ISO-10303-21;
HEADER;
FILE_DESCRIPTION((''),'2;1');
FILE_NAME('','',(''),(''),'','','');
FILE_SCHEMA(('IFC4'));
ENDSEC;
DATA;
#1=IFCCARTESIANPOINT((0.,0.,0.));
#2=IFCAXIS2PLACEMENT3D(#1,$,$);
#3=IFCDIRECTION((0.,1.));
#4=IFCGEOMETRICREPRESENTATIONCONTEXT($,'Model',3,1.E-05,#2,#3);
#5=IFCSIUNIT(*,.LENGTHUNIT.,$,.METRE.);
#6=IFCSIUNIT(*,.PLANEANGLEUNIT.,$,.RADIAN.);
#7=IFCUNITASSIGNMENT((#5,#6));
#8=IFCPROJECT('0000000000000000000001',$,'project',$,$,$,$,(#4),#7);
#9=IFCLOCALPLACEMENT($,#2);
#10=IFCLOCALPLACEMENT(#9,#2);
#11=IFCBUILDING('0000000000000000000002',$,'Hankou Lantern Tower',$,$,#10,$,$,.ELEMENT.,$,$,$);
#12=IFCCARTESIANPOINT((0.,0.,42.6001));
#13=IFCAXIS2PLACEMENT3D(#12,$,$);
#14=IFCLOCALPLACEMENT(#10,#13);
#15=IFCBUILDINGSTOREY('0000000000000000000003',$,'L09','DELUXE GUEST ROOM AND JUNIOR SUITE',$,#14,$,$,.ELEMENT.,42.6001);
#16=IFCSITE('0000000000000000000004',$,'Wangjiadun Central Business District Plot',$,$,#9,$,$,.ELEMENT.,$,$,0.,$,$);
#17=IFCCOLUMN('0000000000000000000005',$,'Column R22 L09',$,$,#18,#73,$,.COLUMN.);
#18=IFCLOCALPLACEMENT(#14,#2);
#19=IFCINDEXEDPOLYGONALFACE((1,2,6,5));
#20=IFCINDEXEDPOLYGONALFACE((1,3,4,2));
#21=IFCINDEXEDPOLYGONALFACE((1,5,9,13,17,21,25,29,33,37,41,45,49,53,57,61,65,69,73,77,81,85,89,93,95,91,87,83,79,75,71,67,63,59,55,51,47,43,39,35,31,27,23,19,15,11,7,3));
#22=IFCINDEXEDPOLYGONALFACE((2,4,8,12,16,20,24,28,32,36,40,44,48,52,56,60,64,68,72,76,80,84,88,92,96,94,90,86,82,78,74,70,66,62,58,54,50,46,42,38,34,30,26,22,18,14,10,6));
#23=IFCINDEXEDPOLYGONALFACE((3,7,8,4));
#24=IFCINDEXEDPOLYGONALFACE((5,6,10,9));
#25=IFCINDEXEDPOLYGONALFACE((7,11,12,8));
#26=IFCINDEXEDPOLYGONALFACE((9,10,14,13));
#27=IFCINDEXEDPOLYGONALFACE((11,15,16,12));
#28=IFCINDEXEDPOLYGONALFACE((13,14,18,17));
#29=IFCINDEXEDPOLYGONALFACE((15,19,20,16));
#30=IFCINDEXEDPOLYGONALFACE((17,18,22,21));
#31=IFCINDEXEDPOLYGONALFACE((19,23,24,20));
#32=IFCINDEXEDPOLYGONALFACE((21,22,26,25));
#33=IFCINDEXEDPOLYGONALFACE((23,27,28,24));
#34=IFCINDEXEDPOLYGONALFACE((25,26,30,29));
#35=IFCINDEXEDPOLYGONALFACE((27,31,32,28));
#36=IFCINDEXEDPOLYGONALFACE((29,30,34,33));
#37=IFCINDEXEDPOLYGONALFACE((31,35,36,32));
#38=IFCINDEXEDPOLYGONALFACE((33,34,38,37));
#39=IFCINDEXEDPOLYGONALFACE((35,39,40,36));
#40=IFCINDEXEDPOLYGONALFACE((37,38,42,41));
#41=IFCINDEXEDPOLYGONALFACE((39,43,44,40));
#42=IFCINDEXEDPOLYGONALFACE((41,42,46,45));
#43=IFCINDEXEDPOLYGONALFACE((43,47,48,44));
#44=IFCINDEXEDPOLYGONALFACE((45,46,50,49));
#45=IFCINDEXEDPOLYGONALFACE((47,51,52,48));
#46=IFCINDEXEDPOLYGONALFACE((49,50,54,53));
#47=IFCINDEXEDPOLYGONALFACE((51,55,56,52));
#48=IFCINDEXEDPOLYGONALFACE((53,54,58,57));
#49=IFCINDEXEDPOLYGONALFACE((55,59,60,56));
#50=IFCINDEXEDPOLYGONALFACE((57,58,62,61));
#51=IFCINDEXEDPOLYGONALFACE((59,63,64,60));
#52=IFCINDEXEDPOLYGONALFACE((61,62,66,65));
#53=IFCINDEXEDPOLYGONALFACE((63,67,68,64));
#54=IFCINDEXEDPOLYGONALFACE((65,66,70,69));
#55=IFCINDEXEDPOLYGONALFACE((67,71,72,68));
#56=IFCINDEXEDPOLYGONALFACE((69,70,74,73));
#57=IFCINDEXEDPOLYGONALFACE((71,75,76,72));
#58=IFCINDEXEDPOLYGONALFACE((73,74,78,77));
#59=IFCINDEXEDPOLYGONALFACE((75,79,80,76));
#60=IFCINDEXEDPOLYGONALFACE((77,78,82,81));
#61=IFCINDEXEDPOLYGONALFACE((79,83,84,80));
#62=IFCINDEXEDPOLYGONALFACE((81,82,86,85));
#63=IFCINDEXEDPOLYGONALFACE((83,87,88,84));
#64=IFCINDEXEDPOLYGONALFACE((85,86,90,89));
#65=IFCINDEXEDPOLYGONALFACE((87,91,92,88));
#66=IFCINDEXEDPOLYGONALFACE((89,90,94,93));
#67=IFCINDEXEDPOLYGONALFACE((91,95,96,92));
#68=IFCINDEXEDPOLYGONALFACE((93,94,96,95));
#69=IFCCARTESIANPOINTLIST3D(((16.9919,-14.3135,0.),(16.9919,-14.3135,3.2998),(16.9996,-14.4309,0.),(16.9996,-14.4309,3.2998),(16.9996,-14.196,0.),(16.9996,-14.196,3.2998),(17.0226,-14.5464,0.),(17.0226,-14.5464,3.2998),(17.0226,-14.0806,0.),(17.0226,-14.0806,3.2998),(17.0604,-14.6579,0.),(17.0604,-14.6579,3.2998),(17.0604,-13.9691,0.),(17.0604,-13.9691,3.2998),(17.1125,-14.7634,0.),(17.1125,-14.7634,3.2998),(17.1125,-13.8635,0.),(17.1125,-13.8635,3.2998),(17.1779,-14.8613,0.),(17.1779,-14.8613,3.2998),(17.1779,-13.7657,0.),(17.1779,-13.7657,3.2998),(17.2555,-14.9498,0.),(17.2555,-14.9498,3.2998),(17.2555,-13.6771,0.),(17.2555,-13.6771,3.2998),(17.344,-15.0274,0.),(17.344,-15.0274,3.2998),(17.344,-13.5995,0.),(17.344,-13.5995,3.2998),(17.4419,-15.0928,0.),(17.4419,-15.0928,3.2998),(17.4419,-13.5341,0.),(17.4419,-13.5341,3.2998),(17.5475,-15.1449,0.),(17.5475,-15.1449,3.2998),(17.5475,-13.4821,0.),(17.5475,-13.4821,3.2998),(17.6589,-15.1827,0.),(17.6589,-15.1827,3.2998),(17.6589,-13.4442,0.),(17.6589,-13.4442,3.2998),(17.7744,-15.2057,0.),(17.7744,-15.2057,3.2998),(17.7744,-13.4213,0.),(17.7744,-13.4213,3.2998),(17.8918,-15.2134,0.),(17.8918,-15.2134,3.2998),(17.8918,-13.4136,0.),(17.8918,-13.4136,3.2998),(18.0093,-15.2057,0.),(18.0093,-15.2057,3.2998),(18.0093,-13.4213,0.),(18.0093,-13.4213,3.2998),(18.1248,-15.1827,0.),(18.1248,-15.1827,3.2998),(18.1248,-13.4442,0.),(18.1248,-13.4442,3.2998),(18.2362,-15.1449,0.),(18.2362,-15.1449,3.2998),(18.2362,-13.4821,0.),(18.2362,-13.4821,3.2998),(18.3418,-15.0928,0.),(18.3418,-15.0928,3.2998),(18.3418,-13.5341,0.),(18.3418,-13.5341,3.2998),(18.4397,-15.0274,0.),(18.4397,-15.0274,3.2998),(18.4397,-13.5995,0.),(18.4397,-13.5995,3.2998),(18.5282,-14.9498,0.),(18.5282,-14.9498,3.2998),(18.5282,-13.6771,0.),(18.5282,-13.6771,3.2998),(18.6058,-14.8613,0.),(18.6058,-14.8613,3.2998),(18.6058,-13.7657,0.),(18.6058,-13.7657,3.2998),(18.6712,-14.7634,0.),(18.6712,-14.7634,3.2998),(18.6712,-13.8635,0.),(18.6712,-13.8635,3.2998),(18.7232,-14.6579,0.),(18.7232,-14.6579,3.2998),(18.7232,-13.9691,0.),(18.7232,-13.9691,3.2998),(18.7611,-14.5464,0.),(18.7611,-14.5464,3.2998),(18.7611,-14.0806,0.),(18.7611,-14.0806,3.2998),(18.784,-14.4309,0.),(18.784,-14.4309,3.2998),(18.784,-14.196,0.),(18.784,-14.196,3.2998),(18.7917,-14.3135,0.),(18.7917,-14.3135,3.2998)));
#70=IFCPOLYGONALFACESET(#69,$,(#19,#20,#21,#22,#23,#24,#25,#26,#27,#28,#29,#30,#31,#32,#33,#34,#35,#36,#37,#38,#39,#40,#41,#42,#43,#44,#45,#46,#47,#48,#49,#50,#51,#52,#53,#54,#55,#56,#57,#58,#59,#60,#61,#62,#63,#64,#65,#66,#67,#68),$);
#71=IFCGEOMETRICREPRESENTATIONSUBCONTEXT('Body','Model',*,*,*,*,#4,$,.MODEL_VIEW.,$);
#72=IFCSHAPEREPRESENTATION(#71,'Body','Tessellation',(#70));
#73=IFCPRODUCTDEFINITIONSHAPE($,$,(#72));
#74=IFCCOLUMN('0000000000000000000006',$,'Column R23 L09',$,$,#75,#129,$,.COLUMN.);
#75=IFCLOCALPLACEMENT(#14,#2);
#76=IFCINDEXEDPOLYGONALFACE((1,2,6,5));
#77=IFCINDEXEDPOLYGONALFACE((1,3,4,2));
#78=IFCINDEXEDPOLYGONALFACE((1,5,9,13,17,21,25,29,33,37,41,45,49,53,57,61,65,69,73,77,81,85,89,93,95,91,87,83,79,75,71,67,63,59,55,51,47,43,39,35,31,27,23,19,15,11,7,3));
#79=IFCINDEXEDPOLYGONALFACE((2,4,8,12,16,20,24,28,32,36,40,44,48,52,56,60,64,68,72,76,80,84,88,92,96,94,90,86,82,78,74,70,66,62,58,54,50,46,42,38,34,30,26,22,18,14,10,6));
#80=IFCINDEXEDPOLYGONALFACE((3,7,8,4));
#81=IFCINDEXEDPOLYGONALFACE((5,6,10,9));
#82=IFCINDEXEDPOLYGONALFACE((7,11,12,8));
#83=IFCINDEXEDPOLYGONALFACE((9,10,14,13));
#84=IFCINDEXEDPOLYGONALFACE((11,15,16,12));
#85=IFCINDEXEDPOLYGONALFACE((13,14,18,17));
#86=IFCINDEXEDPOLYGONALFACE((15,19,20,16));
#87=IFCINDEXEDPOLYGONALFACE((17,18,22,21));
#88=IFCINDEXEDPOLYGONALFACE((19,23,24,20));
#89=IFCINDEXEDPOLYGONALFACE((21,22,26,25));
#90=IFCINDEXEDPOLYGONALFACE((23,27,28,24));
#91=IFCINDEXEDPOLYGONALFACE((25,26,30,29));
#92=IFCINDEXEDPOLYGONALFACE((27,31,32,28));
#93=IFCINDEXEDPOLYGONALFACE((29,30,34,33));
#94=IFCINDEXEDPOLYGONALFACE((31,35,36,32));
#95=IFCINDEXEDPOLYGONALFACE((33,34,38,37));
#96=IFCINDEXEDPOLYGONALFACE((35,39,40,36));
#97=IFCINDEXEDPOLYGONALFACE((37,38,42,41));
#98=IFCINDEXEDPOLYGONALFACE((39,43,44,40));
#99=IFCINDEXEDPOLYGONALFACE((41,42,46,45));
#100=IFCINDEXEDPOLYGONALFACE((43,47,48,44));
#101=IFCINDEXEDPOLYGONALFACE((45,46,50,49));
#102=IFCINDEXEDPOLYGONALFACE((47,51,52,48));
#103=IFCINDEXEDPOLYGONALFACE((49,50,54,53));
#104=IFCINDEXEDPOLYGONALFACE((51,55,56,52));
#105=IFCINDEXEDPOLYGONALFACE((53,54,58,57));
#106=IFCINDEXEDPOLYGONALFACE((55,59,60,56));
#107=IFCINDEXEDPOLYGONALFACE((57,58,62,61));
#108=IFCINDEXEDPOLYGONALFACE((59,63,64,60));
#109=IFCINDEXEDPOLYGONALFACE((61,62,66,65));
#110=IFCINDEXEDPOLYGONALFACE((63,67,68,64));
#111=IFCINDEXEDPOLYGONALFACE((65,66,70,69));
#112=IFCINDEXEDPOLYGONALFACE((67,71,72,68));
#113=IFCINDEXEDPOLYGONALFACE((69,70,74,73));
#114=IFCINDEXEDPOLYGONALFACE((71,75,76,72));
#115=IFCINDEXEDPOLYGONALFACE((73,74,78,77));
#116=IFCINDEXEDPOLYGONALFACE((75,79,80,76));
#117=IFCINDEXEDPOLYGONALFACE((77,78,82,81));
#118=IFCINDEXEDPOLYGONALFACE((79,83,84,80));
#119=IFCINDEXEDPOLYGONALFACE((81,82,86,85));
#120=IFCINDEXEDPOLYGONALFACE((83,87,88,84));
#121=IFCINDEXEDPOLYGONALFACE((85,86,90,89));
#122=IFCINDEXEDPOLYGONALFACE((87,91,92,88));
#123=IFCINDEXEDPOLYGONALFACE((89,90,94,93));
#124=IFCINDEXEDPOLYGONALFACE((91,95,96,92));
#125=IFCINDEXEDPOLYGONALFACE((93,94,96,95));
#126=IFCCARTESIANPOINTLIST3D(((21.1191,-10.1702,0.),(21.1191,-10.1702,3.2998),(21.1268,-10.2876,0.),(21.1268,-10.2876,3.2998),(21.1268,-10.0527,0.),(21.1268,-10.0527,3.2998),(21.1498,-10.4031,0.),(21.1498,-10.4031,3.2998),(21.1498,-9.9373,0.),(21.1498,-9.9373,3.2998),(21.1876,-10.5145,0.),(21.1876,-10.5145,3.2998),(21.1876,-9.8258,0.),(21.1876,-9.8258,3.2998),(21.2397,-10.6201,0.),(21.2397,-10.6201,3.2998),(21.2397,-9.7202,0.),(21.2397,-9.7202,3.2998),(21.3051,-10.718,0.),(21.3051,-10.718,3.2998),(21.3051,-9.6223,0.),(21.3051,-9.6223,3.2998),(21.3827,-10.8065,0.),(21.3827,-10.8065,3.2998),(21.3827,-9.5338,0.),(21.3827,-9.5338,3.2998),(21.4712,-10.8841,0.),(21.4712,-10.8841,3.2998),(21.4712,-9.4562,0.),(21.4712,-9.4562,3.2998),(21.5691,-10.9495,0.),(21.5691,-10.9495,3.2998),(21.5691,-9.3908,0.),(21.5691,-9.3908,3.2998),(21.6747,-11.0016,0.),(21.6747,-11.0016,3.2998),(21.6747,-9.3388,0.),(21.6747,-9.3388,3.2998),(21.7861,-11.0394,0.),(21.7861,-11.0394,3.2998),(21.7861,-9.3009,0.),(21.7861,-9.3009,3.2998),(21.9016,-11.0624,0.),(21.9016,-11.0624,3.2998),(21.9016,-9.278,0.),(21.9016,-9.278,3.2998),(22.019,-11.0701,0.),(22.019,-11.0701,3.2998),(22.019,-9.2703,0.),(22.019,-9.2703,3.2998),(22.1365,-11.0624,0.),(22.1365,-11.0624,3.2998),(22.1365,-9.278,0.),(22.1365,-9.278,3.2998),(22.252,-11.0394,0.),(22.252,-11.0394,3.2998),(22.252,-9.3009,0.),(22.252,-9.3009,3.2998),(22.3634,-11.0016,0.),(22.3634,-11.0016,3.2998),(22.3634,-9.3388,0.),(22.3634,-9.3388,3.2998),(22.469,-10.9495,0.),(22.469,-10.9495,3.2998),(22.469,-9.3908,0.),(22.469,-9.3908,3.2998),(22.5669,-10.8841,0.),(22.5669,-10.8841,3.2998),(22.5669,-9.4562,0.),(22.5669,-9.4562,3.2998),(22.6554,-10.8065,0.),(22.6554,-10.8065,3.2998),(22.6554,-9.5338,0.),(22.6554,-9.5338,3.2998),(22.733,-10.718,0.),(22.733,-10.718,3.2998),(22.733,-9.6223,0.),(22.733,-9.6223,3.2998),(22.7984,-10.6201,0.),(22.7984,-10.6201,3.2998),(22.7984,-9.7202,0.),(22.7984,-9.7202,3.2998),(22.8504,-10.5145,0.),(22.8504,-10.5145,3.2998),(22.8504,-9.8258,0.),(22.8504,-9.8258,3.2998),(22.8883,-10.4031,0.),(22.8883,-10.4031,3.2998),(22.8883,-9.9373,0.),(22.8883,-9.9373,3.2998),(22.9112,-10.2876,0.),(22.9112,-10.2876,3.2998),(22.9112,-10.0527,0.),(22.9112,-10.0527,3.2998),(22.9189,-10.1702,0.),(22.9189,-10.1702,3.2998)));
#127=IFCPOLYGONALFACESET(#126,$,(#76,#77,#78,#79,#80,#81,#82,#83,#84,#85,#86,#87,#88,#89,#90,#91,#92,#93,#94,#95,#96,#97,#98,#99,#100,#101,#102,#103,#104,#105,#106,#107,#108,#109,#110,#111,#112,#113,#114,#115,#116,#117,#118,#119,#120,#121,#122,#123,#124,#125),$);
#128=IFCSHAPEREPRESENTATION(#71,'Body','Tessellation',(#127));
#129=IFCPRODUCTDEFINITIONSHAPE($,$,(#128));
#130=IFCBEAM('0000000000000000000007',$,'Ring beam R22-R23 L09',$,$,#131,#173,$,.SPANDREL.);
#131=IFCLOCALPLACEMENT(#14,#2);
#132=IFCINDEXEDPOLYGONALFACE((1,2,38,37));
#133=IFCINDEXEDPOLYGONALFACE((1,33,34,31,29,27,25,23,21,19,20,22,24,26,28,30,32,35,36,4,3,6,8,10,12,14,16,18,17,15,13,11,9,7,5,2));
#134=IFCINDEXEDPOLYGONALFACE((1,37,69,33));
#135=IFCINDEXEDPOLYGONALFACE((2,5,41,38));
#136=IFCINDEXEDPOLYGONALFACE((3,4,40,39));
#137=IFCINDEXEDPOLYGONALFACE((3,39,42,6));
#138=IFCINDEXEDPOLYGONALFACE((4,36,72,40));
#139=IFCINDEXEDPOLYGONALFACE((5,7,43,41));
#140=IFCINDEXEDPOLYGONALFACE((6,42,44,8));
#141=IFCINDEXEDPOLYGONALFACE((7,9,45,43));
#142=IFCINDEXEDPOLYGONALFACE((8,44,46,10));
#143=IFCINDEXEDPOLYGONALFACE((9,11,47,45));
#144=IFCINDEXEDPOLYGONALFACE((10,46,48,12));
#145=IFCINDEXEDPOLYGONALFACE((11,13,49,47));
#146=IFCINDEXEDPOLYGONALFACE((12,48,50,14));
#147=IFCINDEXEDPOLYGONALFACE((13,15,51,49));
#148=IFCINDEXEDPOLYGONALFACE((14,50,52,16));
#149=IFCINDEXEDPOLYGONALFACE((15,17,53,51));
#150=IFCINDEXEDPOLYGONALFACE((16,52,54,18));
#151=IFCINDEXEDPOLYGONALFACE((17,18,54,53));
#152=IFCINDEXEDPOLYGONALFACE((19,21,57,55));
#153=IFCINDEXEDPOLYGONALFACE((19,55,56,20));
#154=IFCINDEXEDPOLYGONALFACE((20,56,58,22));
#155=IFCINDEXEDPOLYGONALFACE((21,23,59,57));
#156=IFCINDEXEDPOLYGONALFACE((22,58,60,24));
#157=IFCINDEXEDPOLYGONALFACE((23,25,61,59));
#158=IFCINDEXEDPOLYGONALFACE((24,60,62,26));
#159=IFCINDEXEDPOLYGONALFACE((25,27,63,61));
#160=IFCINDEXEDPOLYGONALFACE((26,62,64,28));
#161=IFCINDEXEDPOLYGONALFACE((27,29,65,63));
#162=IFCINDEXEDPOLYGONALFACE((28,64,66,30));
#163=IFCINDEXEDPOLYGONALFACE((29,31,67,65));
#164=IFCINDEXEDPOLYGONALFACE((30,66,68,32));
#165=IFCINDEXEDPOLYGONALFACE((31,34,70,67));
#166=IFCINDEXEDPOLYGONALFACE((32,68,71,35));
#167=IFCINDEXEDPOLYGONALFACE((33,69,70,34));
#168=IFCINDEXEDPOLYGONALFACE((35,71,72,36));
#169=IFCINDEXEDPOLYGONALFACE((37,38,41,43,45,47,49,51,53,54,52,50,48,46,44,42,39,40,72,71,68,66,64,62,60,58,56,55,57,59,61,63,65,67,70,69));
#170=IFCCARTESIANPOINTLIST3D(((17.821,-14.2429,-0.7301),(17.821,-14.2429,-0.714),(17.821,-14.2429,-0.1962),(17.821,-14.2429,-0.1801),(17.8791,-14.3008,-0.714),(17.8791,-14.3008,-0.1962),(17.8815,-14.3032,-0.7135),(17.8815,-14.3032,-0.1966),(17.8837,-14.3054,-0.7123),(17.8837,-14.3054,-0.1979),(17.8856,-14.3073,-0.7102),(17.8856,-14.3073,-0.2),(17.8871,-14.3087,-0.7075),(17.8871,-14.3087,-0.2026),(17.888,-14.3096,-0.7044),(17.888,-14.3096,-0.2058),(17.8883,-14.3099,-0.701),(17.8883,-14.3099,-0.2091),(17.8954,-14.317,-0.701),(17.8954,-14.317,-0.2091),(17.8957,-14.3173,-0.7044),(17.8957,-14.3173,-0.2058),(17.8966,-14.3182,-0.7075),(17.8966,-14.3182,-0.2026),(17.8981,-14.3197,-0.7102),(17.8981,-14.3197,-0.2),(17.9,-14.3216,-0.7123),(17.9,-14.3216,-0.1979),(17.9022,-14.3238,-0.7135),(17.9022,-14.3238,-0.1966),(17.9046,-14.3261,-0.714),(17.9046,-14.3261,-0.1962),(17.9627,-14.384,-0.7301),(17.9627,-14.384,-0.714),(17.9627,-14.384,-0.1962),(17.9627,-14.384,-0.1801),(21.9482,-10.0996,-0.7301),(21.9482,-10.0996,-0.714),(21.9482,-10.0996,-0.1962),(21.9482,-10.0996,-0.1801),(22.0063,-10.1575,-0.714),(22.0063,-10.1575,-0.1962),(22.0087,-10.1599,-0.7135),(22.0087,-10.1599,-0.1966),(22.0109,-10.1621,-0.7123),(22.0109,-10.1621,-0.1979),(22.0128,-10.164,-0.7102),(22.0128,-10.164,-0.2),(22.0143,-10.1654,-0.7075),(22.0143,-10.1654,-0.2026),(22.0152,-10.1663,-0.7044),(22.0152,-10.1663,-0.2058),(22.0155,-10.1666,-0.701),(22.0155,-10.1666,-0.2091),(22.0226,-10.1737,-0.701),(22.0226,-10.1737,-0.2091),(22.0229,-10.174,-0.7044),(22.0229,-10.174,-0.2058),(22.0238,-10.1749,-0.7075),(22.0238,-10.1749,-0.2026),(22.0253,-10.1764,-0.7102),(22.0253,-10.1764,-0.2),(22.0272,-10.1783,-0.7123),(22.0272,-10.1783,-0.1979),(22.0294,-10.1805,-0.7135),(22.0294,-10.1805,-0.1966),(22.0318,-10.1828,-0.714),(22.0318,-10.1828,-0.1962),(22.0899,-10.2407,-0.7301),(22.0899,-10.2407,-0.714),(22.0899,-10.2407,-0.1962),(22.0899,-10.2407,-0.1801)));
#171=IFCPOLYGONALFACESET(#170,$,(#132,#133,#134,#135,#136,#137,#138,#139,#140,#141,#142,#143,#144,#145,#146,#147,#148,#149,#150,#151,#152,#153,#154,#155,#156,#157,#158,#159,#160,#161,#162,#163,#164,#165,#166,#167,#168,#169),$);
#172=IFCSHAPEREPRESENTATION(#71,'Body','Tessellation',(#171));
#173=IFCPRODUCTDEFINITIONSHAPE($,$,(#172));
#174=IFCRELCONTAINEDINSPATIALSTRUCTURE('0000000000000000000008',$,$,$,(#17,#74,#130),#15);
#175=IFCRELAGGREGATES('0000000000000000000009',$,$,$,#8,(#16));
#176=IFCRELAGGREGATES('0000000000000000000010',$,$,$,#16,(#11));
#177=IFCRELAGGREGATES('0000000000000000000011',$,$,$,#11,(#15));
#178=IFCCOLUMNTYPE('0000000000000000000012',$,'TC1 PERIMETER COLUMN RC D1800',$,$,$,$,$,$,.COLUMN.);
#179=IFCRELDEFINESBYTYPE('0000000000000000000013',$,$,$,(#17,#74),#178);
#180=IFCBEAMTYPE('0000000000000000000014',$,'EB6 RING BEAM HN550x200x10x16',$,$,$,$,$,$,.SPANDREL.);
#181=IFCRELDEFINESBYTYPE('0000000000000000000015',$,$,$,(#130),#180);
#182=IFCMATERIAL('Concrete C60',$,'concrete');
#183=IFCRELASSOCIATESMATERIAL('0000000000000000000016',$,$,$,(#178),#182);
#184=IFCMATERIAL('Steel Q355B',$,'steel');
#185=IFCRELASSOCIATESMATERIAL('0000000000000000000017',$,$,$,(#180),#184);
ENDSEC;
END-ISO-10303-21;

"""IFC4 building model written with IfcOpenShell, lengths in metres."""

from ifc_helpers import new_model, si_unit, direction, frame, origin, origin_2d, place, context, subcontext, project, spatial, circle, i_section, extrude, material, material_profile, profile_set, type_object, element, save


model = new_model("IFC4")

# Units and contexts
model_context = context("Model", 3, precision=1e-05, world=origin(), true_north=direction((0.0, 1.0)))
body_context = subcontext(model_context, "Body", "Model", "MODEL_VIEW")
ifc_project = project(units=[si_unit("LENGTHUNIT", "METRE"), si_unit("PLANEANGLEUNIT", "RADIAN")], contexts=[model_context])

# Site, building, storey
site_placement = place(None, origin())
site = spatial("IfcSite", under=ifc_project, at=site_placement, Name="Wangjiadun Central Business District Plot", CompositionType="ELEMENT", RefElevation=0.0)
building_placement = place(site_placement, origin())
building = spatial("IfcBuilding", under=site, at=building_placement, Name="Hankou Lantern Tower", CompositionType="ELEMENT")
storey_placement = place(building_placement, frame((0.0, 0.0, 42.6001)))
storey = spatial("IfcBuildingStorey", under=building, at=storey_placement, Name="L09", Description="DELUXE GUEST ROOM AND JUNIOR SUITE", CompositionType="ELEMENT", Elevation=42.6001)

# Columns
ifc_material_1 = material(Name="Concrete C60", Category="concrete")
ifc_material_profile_1 = material_profile(ifc_material_1, circle(Radius=0.8999, at=origin_2d()), Name="RC D1800")
ifc_profile_set_1 = profile_set([ifc_material_profile_1], Name="Concrete C60")
column_type = type_object("IfcColumnType", Name="TC1 PERIMETER COLUMN RC D1800", PredefinedType="COLUMN", material=ifc_profile_set_1)
for number, where, z_axis, x_axis, name in (
    (1, (17.8918, -14.3135, 0.0), (0.0, 0.0, 1.0), (1.0, 0.0, 0.0), "Column R22 L09"),
    (2, (22.019, -10.1702, 0.0), (0.0, 0.0, 1.0), (1.0, 0.0, 0.0), "Column R23 L09"),
):
    element("IfcColumn", number, at=place(storey_placement, frame(where, z_axis=z_axis, x_axis=x_axis)), inside=storey, type_object=column_type, Name=name, PredefinedType="COLUMN", context=body_context, shape_type="SweptSolid", body=[
        extrude(circle(Radius=0.8999, at=origin_2d()), origin(), (0.0, 0.0, 1.0), 3.2998),
    ])

# Beam
ifc_material_2 = material(Name="Steel Q355B", Category="steel")
ifc_material_profile_2 = material_profile(ifc_material_2, i_section(OverallWidth=0.2, OverallDepth=0.55, WebThickness=0.01, FlangeThickness=0.0161, FilletRadius=0.0129, at=origin_2d()), Name="HN550x200x10x16")
ifc_profile_set_2 = profile_set([ifc_material_profile_2], Name="Steel Q355B")
beam_type = type_object("IfcBeamType", Name="EB6 RING BEAM HN550x200x10x16", PredefinedType="SPANDREL", material=ifc_profile_set_2)
beam_1_placement = place(storey_placement, frame((17.8918, -14.3135, -0.4551), z_axis=(0.705728, 0.708483, 0.0), x_axis=(-0.708483, 0.705728, 0.0)))
element("IfcBeam", 3, at=beam_1_placement, inside=storey, type_object=beam_type, Name="Ring beam R22-R23 L09", PredefinedType="SPANDREL", context=body_context, shape_type="SweptSolid", body=[
    extrude(i_section(OverallWidth=0.2, OverallDepth=0.55, WebThickness=0.01, FlangeThickness=0.0161, FilletRadius=0.0129, at=origin_2d()), origin(), (0.0, 0.0, 1.0), 5.8481),
])

save(model, "model.ifc")
